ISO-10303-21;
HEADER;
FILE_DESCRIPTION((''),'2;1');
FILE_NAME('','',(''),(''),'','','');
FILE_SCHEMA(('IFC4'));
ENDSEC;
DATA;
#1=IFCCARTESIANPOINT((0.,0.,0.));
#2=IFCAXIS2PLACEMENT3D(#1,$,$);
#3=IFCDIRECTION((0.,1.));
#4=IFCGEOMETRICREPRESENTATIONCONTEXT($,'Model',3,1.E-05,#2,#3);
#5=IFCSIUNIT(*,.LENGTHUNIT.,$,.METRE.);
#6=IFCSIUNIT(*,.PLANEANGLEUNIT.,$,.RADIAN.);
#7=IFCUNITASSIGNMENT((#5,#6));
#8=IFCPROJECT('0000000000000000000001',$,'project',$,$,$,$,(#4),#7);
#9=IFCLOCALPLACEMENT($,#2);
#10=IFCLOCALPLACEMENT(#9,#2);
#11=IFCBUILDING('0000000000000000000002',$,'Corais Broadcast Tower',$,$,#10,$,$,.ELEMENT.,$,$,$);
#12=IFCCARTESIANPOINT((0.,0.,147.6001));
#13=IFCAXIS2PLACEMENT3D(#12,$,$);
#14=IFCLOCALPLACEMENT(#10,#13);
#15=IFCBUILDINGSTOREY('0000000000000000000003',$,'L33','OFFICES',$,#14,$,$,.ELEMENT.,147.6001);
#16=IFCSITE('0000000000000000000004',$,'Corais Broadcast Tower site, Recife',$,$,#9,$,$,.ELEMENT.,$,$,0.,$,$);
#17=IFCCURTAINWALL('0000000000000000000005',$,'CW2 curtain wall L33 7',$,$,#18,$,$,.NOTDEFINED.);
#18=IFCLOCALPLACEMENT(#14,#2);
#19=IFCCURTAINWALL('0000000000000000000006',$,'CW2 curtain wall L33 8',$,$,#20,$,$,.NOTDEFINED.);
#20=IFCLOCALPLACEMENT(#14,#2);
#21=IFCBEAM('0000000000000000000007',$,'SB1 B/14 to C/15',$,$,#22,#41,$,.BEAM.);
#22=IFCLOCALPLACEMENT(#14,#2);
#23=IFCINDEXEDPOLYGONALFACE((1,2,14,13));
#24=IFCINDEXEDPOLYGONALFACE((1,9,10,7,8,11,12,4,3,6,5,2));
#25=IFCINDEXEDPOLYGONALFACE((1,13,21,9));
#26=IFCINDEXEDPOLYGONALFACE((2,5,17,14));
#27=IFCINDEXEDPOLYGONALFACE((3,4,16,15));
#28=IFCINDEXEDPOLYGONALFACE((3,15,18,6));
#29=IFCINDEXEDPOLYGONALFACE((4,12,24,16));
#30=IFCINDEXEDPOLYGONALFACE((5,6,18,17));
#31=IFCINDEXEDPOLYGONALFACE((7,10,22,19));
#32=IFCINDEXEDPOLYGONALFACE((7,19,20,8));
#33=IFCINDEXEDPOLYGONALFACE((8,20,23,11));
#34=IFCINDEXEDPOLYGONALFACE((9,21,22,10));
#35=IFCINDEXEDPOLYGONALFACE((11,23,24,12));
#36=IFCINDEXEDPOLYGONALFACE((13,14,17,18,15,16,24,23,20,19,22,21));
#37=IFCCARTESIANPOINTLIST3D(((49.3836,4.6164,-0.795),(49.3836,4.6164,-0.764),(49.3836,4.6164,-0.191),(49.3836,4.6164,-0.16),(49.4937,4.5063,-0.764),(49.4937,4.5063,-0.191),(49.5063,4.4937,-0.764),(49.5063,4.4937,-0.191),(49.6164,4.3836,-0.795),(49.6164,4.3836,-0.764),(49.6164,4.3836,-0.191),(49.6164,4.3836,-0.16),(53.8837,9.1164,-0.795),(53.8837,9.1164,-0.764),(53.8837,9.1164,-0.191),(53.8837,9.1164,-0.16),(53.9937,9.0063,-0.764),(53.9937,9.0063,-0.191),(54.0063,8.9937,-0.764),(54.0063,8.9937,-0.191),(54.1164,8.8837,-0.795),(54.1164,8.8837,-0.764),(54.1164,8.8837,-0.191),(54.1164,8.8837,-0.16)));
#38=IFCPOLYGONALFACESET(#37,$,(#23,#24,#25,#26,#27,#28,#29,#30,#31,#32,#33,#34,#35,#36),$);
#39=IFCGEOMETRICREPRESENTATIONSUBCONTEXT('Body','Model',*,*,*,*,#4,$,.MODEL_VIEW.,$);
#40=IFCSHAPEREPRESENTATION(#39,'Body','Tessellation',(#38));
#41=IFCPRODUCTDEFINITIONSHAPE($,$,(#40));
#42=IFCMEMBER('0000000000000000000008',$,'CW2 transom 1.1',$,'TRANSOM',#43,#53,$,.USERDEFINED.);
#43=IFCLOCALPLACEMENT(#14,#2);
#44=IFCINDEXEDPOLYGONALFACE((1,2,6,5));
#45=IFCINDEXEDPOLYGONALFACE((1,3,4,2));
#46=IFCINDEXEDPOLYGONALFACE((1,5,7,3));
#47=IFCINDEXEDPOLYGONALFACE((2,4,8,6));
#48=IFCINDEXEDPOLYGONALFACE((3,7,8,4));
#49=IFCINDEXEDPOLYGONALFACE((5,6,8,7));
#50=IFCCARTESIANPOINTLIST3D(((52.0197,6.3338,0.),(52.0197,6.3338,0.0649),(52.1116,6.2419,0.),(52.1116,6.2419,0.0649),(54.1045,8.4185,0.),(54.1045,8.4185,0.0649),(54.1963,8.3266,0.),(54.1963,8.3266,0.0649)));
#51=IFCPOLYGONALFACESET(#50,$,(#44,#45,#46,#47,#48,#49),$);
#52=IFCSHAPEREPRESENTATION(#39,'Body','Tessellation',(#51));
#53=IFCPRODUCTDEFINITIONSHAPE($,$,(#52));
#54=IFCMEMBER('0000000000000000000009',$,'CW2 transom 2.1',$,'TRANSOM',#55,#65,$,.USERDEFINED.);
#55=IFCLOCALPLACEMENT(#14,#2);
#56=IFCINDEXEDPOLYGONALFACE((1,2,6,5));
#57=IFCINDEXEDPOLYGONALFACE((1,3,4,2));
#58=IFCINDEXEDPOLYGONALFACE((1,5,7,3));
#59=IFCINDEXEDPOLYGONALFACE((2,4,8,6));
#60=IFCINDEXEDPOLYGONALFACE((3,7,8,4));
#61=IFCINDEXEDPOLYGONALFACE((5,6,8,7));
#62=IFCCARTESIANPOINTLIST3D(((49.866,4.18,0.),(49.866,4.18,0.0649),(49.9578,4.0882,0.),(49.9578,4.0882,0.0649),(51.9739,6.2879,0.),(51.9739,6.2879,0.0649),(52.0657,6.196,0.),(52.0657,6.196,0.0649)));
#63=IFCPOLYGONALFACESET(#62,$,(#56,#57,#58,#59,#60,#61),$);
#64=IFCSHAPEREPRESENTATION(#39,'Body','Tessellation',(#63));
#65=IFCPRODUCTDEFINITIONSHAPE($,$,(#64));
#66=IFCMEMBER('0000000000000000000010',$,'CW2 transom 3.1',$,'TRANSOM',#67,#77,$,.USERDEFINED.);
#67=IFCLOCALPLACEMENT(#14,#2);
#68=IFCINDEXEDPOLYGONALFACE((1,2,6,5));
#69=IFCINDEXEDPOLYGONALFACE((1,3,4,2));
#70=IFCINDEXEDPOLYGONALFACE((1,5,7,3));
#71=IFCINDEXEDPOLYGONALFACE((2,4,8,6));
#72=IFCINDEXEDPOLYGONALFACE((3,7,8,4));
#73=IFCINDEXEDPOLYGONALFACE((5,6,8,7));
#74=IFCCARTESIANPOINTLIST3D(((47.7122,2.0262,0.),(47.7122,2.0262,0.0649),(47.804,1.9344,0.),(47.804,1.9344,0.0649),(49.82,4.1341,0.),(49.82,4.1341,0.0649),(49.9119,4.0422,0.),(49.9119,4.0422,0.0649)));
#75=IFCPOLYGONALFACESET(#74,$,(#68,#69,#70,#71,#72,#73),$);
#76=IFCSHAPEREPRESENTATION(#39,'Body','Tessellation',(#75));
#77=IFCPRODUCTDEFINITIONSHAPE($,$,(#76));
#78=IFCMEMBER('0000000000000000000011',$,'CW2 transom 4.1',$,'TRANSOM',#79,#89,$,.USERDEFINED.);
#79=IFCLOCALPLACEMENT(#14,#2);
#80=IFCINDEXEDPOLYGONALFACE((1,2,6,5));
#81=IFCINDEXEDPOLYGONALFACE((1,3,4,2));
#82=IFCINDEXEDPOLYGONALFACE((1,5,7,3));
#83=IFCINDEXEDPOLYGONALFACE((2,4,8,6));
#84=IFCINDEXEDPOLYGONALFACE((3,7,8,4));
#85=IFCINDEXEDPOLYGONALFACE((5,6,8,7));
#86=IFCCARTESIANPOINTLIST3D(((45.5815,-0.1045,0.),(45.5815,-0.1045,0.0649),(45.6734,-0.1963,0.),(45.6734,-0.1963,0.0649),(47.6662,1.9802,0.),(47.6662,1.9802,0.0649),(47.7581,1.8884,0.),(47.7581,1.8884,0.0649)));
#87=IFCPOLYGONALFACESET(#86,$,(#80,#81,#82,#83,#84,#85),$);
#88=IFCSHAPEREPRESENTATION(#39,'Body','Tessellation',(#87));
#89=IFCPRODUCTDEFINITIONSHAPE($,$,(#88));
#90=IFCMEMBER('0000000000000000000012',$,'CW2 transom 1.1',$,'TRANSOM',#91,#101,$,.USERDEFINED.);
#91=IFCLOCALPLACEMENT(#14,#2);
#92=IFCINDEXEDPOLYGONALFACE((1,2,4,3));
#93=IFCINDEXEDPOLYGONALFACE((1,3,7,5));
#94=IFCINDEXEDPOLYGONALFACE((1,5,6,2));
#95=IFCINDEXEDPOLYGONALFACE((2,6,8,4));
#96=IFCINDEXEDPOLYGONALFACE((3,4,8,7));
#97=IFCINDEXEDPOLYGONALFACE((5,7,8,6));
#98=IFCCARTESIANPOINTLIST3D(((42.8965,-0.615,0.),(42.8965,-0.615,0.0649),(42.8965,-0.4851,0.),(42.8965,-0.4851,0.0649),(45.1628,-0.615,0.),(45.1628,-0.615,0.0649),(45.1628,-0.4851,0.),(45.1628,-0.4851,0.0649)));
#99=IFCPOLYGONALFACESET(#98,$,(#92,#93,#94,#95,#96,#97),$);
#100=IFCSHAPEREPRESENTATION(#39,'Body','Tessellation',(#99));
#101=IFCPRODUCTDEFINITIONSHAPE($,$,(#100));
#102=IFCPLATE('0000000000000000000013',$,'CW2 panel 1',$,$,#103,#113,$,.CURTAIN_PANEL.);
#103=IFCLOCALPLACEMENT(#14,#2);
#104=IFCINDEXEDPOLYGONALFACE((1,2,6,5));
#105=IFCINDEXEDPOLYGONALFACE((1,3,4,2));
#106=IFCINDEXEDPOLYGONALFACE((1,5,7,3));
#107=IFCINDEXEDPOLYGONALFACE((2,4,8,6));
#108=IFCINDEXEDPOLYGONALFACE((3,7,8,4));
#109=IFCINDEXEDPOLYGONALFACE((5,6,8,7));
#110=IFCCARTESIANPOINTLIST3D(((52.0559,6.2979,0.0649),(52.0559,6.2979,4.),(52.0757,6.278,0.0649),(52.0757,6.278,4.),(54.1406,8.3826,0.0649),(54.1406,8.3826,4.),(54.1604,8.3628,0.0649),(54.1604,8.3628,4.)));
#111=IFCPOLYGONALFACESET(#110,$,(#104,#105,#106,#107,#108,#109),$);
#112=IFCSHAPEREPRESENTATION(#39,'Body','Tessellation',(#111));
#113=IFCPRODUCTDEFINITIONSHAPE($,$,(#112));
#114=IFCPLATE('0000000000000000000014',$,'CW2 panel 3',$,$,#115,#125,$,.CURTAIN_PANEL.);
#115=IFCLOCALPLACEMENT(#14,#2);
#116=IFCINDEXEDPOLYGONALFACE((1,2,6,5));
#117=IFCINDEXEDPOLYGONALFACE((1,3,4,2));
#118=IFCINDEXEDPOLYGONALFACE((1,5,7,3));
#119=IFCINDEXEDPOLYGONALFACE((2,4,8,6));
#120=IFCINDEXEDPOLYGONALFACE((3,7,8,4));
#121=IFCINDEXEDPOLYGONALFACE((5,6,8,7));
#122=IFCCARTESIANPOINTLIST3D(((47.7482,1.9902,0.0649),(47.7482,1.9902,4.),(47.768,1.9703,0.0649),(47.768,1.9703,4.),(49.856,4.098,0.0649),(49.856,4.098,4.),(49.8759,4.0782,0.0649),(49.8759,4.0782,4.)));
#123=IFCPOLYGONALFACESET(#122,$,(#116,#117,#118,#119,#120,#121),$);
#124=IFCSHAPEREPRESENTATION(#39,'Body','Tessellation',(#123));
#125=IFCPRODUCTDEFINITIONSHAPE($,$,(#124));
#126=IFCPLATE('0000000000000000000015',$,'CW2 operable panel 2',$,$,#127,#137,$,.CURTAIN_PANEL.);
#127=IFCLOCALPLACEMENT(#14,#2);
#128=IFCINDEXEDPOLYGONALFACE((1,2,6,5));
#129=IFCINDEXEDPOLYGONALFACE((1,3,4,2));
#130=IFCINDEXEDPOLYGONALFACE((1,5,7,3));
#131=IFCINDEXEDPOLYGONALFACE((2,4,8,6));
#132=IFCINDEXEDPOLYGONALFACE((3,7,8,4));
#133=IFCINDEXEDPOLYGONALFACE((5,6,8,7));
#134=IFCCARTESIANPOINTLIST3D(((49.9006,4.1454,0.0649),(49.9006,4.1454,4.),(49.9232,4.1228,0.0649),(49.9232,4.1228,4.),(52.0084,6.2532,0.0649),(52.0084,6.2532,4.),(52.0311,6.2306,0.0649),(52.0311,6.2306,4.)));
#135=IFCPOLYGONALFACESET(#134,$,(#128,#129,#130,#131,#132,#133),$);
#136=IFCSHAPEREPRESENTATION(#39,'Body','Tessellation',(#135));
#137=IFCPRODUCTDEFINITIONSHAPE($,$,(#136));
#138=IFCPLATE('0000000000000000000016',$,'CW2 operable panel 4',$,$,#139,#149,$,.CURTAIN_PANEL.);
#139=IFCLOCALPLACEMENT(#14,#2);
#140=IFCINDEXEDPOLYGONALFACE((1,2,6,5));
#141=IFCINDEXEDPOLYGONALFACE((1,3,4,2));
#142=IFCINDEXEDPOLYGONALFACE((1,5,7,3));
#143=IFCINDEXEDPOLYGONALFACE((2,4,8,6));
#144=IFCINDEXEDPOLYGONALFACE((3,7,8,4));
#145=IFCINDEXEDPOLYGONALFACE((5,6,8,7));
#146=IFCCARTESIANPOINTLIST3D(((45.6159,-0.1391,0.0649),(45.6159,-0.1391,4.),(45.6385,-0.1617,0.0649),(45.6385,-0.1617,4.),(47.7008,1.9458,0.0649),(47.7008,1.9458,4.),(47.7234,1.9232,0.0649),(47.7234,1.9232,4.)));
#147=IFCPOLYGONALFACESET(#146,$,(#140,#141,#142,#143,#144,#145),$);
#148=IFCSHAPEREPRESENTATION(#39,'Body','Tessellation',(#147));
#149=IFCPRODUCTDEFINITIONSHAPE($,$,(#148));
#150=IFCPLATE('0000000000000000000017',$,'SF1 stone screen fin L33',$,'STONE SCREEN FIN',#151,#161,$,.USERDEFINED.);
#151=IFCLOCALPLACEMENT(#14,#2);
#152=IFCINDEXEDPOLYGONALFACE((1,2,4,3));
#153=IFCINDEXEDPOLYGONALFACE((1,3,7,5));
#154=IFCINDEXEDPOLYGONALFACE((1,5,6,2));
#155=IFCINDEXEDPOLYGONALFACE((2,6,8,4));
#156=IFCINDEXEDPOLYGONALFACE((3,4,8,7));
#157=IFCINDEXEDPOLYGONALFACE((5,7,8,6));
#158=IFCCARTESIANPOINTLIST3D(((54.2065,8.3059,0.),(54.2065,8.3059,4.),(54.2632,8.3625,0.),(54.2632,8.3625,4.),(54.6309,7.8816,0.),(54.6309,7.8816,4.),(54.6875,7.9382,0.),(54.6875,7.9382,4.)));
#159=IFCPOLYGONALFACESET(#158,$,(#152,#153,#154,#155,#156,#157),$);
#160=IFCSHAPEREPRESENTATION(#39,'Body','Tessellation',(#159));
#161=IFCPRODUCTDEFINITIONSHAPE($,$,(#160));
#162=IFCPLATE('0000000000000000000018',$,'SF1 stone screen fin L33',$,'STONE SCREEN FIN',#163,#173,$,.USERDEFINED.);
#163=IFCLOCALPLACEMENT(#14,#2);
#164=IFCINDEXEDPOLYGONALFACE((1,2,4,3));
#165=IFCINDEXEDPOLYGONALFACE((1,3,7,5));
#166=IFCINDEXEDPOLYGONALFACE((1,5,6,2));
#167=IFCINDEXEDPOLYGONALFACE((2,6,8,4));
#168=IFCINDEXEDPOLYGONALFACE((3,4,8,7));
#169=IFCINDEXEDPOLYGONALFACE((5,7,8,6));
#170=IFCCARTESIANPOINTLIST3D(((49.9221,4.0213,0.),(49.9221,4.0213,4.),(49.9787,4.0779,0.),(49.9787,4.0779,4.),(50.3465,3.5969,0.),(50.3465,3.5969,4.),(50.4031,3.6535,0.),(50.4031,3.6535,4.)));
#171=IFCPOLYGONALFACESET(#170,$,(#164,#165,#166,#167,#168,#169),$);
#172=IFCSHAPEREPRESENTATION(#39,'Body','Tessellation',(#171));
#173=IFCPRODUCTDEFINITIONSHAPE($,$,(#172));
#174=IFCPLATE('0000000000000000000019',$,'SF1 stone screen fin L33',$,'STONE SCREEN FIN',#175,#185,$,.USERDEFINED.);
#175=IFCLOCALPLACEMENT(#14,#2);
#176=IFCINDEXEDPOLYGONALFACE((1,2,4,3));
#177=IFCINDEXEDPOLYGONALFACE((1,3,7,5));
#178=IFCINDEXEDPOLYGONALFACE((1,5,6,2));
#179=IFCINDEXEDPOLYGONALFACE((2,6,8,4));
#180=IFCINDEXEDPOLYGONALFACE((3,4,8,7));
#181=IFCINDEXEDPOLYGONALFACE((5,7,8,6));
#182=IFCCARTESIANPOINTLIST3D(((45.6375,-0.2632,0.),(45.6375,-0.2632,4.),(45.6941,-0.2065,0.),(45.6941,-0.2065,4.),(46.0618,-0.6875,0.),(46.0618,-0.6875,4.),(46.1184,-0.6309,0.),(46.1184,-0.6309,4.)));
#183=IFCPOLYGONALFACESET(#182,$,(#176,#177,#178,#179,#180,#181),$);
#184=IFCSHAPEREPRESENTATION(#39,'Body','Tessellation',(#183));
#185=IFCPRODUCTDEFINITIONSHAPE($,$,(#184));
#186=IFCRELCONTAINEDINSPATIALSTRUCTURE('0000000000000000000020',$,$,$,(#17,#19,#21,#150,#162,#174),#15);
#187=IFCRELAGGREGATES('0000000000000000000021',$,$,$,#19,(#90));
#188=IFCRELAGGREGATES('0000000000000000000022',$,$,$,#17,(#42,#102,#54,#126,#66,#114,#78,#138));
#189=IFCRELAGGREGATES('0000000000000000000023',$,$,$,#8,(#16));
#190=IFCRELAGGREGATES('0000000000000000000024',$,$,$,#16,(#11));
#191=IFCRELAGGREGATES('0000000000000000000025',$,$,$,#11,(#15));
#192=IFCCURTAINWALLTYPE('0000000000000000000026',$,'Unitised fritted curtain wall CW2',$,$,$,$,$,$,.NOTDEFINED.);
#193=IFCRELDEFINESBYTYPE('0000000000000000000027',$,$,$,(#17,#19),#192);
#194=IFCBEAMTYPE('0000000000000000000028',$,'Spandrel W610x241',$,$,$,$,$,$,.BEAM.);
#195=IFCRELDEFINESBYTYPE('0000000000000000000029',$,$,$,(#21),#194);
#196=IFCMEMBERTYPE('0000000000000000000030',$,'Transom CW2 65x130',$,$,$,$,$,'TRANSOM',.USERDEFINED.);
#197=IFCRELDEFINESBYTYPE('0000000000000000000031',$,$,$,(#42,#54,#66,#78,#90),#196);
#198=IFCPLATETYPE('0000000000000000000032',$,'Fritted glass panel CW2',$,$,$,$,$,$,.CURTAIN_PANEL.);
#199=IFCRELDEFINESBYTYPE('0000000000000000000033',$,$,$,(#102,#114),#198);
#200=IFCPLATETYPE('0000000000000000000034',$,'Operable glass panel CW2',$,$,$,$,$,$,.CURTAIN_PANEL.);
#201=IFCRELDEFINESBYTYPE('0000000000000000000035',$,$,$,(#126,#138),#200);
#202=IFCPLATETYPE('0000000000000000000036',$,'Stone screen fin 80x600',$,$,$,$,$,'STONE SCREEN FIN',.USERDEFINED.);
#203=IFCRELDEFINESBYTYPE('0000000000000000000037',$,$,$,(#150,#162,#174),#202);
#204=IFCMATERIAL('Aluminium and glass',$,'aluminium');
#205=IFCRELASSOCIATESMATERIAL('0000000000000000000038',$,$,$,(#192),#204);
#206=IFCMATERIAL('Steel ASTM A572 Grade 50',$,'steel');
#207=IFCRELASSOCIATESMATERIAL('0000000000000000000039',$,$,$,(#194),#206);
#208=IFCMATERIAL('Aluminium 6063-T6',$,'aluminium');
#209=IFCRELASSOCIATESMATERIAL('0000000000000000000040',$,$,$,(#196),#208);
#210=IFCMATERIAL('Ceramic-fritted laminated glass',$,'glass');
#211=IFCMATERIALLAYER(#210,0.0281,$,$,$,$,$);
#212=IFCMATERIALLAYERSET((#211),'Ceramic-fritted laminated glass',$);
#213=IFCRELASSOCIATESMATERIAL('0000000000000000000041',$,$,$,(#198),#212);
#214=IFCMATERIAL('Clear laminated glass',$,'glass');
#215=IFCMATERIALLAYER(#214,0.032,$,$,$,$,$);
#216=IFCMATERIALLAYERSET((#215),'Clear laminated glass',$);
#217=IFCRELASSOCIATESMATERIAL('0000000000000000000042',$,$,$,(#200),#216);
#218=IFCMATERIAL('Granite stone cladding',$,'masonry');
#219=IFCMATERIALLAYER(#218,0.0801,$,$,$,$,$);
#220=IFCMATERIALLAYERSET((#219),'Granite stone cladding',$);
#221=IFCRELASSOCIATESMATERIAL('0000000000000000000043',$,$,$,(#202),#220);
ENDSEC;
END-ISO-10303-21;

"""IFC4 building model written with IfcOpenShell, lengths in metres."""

from ifc_helpers import new_model, si_unit, direction, frame, origin, origin_2d, place, context, subcontext, project, spatial, rectangle, i_section, extrude, material, layer, layer_set, material_profile, profile_set, type_object, element, aggregate, save


model = new_model("IFC4")

# Units and contexts
model_context = context("Model", 3, precision=1e-05, world=origin(), true_north=direction((0.0, 1.0)))
body_context = subcontext(model_context, "Body", "Model", "MODEL_VIEW")
ifc_project = project(units=[si_unit("LENGTHUNIT", "METRE"), si_unit("PLANEANGLEUNIT", "RADIAN")], contexts=[model_context])

# Site, building, storey
site_placement = place(None, origin())
site = spatial("IfcSite", under=ifc_project, at=site_placement, Name="Corais Broadcast Tower site, Recife", CompositionType="ELEMENT", RefElevation=0.0)
building_placement = place(site_placement, origin())
building = spatial("IfcBuilding", under=site, at=building_placement, Name="Corais Broadcast Tower", CompositionType="ELEMENT")
storey_placement = place(building_placement, frame((0.0, 0.0, 147.6001)))
storey = spatial("IfcBuildingStorey", under=building, at=storey_placement, Name="L33", Description="OFFICES", CompositionType="ELEMENT", Elevation=147.6001)

# Shared definitions
ifc_material_1 = material(Name="Aluminium and glass", Category="aluminium")
curtain_wall_type = type_object("IfcCurtainWallType", Name="Unitised fritted curtain wall CW2", PredefinedType="NOTDEFINED", material=ifc_material_1)

# Curtain wall
curtain_wall_1_placement = place(storey_placement, origin())
curtain_wall_1 = element("IfcCurtainWall", 1, at=curtain_wall_1_placement, inside=storey, type_object=curtain_wall_type, Name="CW2 curtain wall L33 7", PredefinedType="NOTDEFINED")

# Curtain wall
curtain_wall_2_placement = place(storey_placement, origin())
curtain_wall_2 = element("IfcCurtainWall", 2, at=curtain_wall_2_placement, inside=storey, type_object=curtain_wall_type, Name="CW2 curtain wall L33 8", PredefinedType="NOTDEFINED")

# Beam
ifc_material_2 = material(Name="Steel ASTM A572 Grade 50", Category="steel")
ifc_material_profile_1 = material_profile(ifc_material_2, i_section(OverallWidth=0.3291, OverallDepth=0.635, WebThickness=0.0178, FlangeThickness=0.031, at=origin_2d()), Name="W610x241")
ifc_profile_set_1 = profile_set([ifc_material_profile_1], Name="Steel ASTM A572 Grade 50")
beam_type_1 = type_object("IfcBeamType", Name="Spandrel W610x241", PredefinedType="BEAM", material=ifc_profile_set_1)
for number, where, z_axis, x_axis, name in (
    (3, (49.5, 4.5, -0.4775), (0.707107, 0.707107, 0.0), (-0.707107, 0.707107, 0.0), "SB1 B/14 to C/15"),
):
    element("IfcBeam", number, at=place(storey_placement, frame(where, z_axis=z_axis, x_axis=x_axis)), inside=storey, type_object=beam_type_1, Name=name, PredefinedType="BEAM", context=body_context, shape_type="SweptSolid", body=[
        extrude(i_section(OverallWidth=0.3291, OverallDepth=0.635, WebThickness=0.0178, FlangeThickness=0.031, at=origin_2d()), origin(), (0.0, 0.0, 1.0), 6.364),
    ])

# Members
ifc_material_3 = material(Name="Aluminium 6063-T6", Category="aluminium")
ifc_material_profile_2 = material_profile(ifc_material_3, rectangle(XDim=0.1299, YDim=0.0649, at=origin_2d()), Name="Transom CW2 65x130")
ifc_profile_set_2 = profile_set([ifc_material_profile_2], Name="Aluminium 6063-T6")
member_type_1 = type_object("IfcMemberType", Name="Transom CW2 65x130", ElementType="TRANSOM", PredefinedType="USERDEFINED", material=ifc_profile_set_2)
member_1_placement = place(storey_placement, frame((54.1504, 8.3726, 0.0325), z_axis=(-0.707107, -0.707107, 0.0), x_axis=(0.707107, -0.707107, 0.0)))
member_1 = element("IfcMember", 4, at=member_1_placement, type_object=member_type_1, Name="CW2 transom 1.1", ObjectType="TRANSOM", PredefinedType="USERDEFINED", context=body_context, shape_type="SweptSolid", body=[
    extrude(rectangle(XDim=0.1299, YDim=0.0649, at=origin_2d()), origin(), (0.0, 0.0, 1.0), 2.9482),
])
member_2_placement = place(storey_placement, frame((52.0198, 6.2419, 0.0325), z_axis=(-0.707107, -0.707107, 0.0), x_axis=(0.707107, -0.707107, 0.0)))
member_2 = element("IfcMember", 5, at=member_2_placement, type_object=member_type_1, Name="CW2 transom 2.1", ObjectType="TRANSOM", PredefinedType="USERDEFINED", context=body_context, shape_type="SweptSolid", body=[
    extrude(rectangle(XDim=0.1299, YDim=0.0649, at=origin_2d()), origin(), (0.0, 0.0, 1.0), 2.981),
])
member_3_placement = place(storey_placement, frame((49.866, 4.0881, 0.0325), z_axis=(-0.707107, -0.707107, 0.0), x_axis=(0.707107, -0.707107, 0.0)))
member_3 = element("IfcMember", 6, at=member_3_placement, type_object=member_type_1, Name="CW2 transom 3.1", ObjectType="TRANSOM", PredefinedType="USERDEFINED", context=body_context, shape_type="SweptSolid", body=[
    extrude(rectangle(XDim=0.1299, YDim=0.0649, at=origin_2d()), origin(), (0.0, 0.0, 1.0), 2.981),
])
member_4_placement = place(storey_placement, frame((47.7122, 1.9343, 0.0325), z_axis=(-0.707107, -0.707107, 0.0), x_axis=(0.707107, -0.707107, 0.0)))
member_4 = element("IfcMember", 7, at=member_4_placement, type_object=member_type_1, Name="CW2 transom 4.1", ObjectType="TRANSOM", PredefinedType="USERDEFINED", context=body_context, shape_type="SweptSolid", body=[
    extrude(rectangle(XDim=0.1299, YDim=0.0649, at=origin_2d()), origin(), (0.0, 0.0, 1.0), 2.9482),
])
member_5_placement = place(storey_placement, frame((45.1628, -0.55, 0.0325), z_axis=(-1.0, 0.0, 0.0), x_axis=(0.0, -1.0, 0.0)))
member_5 = element("IfcMember", 8, at=member_5_placement, type_object=member_type_1, Name="CW2 transom 1.1", ObjectType="TRANSOM", PredefinedType="USERDEFINED", context=body_context, shape_type="SweptSolid", body=[
    extrude(rectangle(XDim=0.1299, YDim=0.0649, at=origin_2d()), origin(), (0.0, 0.0, 1.0), 2.2664),
])
aggregate(curtain_wall_2, [member_5])

# Plates
ifc_material_4 = material(Name="Ceramic-fritted laminated glass", Category="glass")
ifc_layer_1 = layer(ifc_material_4, 0.0281)
ifc_layer_set_1 = layer_set([ifc_layer_1], Name="Ceramic-fritted laminated glass")
plate_type_1 = type_object("IfcPlateType", Name="Fritted glass panel CW2", PredefinedType="CURTAIN_PANEL", material=ifc_layer_set_1)
plate_1_placement = place(storey_placement, frame((53.1082, 7.3303, 0.0649), z_axis=(0.0, 0.0, 1.0), x_axis=(-0.707107, -0.707107, 0.0)))
plate_1 = element("IfcPlate", 9, at=plate_1_placement, type_object=plate_type_1, Name="CW2 panel 1", PredefinedType="CURTAIN_PANEL", context=body_context, shape_type="SweptSolid", body=[
    extrude(rectangle(XDim=2.9482, YDim=0.0281, at=origin_2d()), origin(), (0.0, 0.0, 1.0), 3.9351),
])
plate_2_placement = place(storey_placement, frame((48.812, 3.0342, 0.0649), z_axis=(0.0, 0.0, 1.0), x_axis=(-0.707107, -0.707107, 0.0)))
plate_2 = element("IfcPlate", 10, at=plate_2_placement, type_object=plate_type_1, Name="CW2 panel 3", PredefinedType="CURTAIN_PANEL", context=body_context, shape_type="SweptSolid", body=[
    extrude(rectangle(XDim=2.981, YDim=0.0281, at=origin_2d()), origin(), (0.0, 0.0, 1.0), 3.9351),
])
ifc_material_5 = material(Name="Clear laminated glass", Category="glass")
ifc_layer_2 = layer(ifc_material_5, 0.032)
ifc_layer_set_2 = layer_set([ifc_layer_2], Name="Clear laminated glass")
plate_type_2 = type_object("IfcPlateType", Name="Operable glass panel CW2", PredefinedType="CURTAIN_PANEL", material=ifc_layer_set_2)
plate_3_placement = place(storey_placement, frame((50.9658, 5.188, 0.0649), z_axis=(0.0, 0.0, 1.0), x_axis=(-0.707107, -0.707107, 0.0)))
plate_3 = element("IfcPlate", 11, at=plate_3_placement, type_object=plate_type_2, Name="CW2 operable panel 2", PredefinedType="CURTAIN_PANEL", context=body_context, shape_type="SweptSolid", body=[
    extrude(rectangle(XDim=2.981, YDim=0.032, at=origin_2d()), origin(), (0.0, 0.0, 1.0), 3.9351),
])
plate_4_placement = place(storey_placement, frame((46.6697, 0.8921, 0.0649), z_axis=(0.0, 0.0, 1.0), x_axis=(-0.707107, -0.707107, 0.0)))
plate_4 = element("IfcPlate", 12, at=plate_4_placement, type_object=plate_type_2, Name="CW2 operable panel 4", PredefinedType="CURTAIN_PANEL", context=body_context, shape_type="SweptSolid", body=[
    extrude(rectangle(XDim=2.9485, YDim=0.032, at=origin_2d()), origin(), (0.0, 0.0, 1.0), 3.9351),
])
aggregate(curtain_wall_1, [member_1, plate_1, member_2, plate_3, member_3, plate_2, member_4, plate_4])

# Plates
ifc_material_6 = material(Name="Granite stone cladding", Category="masonry")
ifc_layer_3 = layer(ifc_material_6, 0.0801)
ifc_layer_set_3 = layer_set([ifc_layer_3], Name="Granite stone cladding")
plate_type_3 = type_object("IfcPlateType", Name="Stone screen fin 80x600", ElementType="STONE SCREEN FIN", PredefinedType="USERDEFINED", material=ifc_layer_set_3)
for number, where, z_axis, x_axis, name in (
    (13, (54.447, 8.1221, 0.0), (0.0, 0.0, 1.0), (-0.707107, -0.707107, 0.0), "SF1 stone screen fin L33"),
    (14, (50.1626, 3.8374, 0.0), (0.0, 0.0, 1.0), (-0.707107, -0.707107, 0.0), "SF1 stone screen fin L33"),
    (15, (45.8779, -0.447, 0.0), (0.0, 0.0, 1.0), (-0.707107, -0.707107, 0.0), "SF1 stone screen fin L33"),
):
    element("IfcPlate", number, at=place(storey_placement, frame(where, z_axis=z_axis, x_axis=x_axis)), inside=storey, type_object=plate_type_3, Name=name, ObjectType="STONE SCREEN FIN", PredefinedType="USERDEFINED", context=body_context, shape_type="SweptSolid", body=[
        extrude(rectangle(XDim=0.0801, YDim=0.6001, at=origin_2d()), origin(), (0.0, 0.0, 1.0), 4.0),
    ])

save(model, "model.ifc")
